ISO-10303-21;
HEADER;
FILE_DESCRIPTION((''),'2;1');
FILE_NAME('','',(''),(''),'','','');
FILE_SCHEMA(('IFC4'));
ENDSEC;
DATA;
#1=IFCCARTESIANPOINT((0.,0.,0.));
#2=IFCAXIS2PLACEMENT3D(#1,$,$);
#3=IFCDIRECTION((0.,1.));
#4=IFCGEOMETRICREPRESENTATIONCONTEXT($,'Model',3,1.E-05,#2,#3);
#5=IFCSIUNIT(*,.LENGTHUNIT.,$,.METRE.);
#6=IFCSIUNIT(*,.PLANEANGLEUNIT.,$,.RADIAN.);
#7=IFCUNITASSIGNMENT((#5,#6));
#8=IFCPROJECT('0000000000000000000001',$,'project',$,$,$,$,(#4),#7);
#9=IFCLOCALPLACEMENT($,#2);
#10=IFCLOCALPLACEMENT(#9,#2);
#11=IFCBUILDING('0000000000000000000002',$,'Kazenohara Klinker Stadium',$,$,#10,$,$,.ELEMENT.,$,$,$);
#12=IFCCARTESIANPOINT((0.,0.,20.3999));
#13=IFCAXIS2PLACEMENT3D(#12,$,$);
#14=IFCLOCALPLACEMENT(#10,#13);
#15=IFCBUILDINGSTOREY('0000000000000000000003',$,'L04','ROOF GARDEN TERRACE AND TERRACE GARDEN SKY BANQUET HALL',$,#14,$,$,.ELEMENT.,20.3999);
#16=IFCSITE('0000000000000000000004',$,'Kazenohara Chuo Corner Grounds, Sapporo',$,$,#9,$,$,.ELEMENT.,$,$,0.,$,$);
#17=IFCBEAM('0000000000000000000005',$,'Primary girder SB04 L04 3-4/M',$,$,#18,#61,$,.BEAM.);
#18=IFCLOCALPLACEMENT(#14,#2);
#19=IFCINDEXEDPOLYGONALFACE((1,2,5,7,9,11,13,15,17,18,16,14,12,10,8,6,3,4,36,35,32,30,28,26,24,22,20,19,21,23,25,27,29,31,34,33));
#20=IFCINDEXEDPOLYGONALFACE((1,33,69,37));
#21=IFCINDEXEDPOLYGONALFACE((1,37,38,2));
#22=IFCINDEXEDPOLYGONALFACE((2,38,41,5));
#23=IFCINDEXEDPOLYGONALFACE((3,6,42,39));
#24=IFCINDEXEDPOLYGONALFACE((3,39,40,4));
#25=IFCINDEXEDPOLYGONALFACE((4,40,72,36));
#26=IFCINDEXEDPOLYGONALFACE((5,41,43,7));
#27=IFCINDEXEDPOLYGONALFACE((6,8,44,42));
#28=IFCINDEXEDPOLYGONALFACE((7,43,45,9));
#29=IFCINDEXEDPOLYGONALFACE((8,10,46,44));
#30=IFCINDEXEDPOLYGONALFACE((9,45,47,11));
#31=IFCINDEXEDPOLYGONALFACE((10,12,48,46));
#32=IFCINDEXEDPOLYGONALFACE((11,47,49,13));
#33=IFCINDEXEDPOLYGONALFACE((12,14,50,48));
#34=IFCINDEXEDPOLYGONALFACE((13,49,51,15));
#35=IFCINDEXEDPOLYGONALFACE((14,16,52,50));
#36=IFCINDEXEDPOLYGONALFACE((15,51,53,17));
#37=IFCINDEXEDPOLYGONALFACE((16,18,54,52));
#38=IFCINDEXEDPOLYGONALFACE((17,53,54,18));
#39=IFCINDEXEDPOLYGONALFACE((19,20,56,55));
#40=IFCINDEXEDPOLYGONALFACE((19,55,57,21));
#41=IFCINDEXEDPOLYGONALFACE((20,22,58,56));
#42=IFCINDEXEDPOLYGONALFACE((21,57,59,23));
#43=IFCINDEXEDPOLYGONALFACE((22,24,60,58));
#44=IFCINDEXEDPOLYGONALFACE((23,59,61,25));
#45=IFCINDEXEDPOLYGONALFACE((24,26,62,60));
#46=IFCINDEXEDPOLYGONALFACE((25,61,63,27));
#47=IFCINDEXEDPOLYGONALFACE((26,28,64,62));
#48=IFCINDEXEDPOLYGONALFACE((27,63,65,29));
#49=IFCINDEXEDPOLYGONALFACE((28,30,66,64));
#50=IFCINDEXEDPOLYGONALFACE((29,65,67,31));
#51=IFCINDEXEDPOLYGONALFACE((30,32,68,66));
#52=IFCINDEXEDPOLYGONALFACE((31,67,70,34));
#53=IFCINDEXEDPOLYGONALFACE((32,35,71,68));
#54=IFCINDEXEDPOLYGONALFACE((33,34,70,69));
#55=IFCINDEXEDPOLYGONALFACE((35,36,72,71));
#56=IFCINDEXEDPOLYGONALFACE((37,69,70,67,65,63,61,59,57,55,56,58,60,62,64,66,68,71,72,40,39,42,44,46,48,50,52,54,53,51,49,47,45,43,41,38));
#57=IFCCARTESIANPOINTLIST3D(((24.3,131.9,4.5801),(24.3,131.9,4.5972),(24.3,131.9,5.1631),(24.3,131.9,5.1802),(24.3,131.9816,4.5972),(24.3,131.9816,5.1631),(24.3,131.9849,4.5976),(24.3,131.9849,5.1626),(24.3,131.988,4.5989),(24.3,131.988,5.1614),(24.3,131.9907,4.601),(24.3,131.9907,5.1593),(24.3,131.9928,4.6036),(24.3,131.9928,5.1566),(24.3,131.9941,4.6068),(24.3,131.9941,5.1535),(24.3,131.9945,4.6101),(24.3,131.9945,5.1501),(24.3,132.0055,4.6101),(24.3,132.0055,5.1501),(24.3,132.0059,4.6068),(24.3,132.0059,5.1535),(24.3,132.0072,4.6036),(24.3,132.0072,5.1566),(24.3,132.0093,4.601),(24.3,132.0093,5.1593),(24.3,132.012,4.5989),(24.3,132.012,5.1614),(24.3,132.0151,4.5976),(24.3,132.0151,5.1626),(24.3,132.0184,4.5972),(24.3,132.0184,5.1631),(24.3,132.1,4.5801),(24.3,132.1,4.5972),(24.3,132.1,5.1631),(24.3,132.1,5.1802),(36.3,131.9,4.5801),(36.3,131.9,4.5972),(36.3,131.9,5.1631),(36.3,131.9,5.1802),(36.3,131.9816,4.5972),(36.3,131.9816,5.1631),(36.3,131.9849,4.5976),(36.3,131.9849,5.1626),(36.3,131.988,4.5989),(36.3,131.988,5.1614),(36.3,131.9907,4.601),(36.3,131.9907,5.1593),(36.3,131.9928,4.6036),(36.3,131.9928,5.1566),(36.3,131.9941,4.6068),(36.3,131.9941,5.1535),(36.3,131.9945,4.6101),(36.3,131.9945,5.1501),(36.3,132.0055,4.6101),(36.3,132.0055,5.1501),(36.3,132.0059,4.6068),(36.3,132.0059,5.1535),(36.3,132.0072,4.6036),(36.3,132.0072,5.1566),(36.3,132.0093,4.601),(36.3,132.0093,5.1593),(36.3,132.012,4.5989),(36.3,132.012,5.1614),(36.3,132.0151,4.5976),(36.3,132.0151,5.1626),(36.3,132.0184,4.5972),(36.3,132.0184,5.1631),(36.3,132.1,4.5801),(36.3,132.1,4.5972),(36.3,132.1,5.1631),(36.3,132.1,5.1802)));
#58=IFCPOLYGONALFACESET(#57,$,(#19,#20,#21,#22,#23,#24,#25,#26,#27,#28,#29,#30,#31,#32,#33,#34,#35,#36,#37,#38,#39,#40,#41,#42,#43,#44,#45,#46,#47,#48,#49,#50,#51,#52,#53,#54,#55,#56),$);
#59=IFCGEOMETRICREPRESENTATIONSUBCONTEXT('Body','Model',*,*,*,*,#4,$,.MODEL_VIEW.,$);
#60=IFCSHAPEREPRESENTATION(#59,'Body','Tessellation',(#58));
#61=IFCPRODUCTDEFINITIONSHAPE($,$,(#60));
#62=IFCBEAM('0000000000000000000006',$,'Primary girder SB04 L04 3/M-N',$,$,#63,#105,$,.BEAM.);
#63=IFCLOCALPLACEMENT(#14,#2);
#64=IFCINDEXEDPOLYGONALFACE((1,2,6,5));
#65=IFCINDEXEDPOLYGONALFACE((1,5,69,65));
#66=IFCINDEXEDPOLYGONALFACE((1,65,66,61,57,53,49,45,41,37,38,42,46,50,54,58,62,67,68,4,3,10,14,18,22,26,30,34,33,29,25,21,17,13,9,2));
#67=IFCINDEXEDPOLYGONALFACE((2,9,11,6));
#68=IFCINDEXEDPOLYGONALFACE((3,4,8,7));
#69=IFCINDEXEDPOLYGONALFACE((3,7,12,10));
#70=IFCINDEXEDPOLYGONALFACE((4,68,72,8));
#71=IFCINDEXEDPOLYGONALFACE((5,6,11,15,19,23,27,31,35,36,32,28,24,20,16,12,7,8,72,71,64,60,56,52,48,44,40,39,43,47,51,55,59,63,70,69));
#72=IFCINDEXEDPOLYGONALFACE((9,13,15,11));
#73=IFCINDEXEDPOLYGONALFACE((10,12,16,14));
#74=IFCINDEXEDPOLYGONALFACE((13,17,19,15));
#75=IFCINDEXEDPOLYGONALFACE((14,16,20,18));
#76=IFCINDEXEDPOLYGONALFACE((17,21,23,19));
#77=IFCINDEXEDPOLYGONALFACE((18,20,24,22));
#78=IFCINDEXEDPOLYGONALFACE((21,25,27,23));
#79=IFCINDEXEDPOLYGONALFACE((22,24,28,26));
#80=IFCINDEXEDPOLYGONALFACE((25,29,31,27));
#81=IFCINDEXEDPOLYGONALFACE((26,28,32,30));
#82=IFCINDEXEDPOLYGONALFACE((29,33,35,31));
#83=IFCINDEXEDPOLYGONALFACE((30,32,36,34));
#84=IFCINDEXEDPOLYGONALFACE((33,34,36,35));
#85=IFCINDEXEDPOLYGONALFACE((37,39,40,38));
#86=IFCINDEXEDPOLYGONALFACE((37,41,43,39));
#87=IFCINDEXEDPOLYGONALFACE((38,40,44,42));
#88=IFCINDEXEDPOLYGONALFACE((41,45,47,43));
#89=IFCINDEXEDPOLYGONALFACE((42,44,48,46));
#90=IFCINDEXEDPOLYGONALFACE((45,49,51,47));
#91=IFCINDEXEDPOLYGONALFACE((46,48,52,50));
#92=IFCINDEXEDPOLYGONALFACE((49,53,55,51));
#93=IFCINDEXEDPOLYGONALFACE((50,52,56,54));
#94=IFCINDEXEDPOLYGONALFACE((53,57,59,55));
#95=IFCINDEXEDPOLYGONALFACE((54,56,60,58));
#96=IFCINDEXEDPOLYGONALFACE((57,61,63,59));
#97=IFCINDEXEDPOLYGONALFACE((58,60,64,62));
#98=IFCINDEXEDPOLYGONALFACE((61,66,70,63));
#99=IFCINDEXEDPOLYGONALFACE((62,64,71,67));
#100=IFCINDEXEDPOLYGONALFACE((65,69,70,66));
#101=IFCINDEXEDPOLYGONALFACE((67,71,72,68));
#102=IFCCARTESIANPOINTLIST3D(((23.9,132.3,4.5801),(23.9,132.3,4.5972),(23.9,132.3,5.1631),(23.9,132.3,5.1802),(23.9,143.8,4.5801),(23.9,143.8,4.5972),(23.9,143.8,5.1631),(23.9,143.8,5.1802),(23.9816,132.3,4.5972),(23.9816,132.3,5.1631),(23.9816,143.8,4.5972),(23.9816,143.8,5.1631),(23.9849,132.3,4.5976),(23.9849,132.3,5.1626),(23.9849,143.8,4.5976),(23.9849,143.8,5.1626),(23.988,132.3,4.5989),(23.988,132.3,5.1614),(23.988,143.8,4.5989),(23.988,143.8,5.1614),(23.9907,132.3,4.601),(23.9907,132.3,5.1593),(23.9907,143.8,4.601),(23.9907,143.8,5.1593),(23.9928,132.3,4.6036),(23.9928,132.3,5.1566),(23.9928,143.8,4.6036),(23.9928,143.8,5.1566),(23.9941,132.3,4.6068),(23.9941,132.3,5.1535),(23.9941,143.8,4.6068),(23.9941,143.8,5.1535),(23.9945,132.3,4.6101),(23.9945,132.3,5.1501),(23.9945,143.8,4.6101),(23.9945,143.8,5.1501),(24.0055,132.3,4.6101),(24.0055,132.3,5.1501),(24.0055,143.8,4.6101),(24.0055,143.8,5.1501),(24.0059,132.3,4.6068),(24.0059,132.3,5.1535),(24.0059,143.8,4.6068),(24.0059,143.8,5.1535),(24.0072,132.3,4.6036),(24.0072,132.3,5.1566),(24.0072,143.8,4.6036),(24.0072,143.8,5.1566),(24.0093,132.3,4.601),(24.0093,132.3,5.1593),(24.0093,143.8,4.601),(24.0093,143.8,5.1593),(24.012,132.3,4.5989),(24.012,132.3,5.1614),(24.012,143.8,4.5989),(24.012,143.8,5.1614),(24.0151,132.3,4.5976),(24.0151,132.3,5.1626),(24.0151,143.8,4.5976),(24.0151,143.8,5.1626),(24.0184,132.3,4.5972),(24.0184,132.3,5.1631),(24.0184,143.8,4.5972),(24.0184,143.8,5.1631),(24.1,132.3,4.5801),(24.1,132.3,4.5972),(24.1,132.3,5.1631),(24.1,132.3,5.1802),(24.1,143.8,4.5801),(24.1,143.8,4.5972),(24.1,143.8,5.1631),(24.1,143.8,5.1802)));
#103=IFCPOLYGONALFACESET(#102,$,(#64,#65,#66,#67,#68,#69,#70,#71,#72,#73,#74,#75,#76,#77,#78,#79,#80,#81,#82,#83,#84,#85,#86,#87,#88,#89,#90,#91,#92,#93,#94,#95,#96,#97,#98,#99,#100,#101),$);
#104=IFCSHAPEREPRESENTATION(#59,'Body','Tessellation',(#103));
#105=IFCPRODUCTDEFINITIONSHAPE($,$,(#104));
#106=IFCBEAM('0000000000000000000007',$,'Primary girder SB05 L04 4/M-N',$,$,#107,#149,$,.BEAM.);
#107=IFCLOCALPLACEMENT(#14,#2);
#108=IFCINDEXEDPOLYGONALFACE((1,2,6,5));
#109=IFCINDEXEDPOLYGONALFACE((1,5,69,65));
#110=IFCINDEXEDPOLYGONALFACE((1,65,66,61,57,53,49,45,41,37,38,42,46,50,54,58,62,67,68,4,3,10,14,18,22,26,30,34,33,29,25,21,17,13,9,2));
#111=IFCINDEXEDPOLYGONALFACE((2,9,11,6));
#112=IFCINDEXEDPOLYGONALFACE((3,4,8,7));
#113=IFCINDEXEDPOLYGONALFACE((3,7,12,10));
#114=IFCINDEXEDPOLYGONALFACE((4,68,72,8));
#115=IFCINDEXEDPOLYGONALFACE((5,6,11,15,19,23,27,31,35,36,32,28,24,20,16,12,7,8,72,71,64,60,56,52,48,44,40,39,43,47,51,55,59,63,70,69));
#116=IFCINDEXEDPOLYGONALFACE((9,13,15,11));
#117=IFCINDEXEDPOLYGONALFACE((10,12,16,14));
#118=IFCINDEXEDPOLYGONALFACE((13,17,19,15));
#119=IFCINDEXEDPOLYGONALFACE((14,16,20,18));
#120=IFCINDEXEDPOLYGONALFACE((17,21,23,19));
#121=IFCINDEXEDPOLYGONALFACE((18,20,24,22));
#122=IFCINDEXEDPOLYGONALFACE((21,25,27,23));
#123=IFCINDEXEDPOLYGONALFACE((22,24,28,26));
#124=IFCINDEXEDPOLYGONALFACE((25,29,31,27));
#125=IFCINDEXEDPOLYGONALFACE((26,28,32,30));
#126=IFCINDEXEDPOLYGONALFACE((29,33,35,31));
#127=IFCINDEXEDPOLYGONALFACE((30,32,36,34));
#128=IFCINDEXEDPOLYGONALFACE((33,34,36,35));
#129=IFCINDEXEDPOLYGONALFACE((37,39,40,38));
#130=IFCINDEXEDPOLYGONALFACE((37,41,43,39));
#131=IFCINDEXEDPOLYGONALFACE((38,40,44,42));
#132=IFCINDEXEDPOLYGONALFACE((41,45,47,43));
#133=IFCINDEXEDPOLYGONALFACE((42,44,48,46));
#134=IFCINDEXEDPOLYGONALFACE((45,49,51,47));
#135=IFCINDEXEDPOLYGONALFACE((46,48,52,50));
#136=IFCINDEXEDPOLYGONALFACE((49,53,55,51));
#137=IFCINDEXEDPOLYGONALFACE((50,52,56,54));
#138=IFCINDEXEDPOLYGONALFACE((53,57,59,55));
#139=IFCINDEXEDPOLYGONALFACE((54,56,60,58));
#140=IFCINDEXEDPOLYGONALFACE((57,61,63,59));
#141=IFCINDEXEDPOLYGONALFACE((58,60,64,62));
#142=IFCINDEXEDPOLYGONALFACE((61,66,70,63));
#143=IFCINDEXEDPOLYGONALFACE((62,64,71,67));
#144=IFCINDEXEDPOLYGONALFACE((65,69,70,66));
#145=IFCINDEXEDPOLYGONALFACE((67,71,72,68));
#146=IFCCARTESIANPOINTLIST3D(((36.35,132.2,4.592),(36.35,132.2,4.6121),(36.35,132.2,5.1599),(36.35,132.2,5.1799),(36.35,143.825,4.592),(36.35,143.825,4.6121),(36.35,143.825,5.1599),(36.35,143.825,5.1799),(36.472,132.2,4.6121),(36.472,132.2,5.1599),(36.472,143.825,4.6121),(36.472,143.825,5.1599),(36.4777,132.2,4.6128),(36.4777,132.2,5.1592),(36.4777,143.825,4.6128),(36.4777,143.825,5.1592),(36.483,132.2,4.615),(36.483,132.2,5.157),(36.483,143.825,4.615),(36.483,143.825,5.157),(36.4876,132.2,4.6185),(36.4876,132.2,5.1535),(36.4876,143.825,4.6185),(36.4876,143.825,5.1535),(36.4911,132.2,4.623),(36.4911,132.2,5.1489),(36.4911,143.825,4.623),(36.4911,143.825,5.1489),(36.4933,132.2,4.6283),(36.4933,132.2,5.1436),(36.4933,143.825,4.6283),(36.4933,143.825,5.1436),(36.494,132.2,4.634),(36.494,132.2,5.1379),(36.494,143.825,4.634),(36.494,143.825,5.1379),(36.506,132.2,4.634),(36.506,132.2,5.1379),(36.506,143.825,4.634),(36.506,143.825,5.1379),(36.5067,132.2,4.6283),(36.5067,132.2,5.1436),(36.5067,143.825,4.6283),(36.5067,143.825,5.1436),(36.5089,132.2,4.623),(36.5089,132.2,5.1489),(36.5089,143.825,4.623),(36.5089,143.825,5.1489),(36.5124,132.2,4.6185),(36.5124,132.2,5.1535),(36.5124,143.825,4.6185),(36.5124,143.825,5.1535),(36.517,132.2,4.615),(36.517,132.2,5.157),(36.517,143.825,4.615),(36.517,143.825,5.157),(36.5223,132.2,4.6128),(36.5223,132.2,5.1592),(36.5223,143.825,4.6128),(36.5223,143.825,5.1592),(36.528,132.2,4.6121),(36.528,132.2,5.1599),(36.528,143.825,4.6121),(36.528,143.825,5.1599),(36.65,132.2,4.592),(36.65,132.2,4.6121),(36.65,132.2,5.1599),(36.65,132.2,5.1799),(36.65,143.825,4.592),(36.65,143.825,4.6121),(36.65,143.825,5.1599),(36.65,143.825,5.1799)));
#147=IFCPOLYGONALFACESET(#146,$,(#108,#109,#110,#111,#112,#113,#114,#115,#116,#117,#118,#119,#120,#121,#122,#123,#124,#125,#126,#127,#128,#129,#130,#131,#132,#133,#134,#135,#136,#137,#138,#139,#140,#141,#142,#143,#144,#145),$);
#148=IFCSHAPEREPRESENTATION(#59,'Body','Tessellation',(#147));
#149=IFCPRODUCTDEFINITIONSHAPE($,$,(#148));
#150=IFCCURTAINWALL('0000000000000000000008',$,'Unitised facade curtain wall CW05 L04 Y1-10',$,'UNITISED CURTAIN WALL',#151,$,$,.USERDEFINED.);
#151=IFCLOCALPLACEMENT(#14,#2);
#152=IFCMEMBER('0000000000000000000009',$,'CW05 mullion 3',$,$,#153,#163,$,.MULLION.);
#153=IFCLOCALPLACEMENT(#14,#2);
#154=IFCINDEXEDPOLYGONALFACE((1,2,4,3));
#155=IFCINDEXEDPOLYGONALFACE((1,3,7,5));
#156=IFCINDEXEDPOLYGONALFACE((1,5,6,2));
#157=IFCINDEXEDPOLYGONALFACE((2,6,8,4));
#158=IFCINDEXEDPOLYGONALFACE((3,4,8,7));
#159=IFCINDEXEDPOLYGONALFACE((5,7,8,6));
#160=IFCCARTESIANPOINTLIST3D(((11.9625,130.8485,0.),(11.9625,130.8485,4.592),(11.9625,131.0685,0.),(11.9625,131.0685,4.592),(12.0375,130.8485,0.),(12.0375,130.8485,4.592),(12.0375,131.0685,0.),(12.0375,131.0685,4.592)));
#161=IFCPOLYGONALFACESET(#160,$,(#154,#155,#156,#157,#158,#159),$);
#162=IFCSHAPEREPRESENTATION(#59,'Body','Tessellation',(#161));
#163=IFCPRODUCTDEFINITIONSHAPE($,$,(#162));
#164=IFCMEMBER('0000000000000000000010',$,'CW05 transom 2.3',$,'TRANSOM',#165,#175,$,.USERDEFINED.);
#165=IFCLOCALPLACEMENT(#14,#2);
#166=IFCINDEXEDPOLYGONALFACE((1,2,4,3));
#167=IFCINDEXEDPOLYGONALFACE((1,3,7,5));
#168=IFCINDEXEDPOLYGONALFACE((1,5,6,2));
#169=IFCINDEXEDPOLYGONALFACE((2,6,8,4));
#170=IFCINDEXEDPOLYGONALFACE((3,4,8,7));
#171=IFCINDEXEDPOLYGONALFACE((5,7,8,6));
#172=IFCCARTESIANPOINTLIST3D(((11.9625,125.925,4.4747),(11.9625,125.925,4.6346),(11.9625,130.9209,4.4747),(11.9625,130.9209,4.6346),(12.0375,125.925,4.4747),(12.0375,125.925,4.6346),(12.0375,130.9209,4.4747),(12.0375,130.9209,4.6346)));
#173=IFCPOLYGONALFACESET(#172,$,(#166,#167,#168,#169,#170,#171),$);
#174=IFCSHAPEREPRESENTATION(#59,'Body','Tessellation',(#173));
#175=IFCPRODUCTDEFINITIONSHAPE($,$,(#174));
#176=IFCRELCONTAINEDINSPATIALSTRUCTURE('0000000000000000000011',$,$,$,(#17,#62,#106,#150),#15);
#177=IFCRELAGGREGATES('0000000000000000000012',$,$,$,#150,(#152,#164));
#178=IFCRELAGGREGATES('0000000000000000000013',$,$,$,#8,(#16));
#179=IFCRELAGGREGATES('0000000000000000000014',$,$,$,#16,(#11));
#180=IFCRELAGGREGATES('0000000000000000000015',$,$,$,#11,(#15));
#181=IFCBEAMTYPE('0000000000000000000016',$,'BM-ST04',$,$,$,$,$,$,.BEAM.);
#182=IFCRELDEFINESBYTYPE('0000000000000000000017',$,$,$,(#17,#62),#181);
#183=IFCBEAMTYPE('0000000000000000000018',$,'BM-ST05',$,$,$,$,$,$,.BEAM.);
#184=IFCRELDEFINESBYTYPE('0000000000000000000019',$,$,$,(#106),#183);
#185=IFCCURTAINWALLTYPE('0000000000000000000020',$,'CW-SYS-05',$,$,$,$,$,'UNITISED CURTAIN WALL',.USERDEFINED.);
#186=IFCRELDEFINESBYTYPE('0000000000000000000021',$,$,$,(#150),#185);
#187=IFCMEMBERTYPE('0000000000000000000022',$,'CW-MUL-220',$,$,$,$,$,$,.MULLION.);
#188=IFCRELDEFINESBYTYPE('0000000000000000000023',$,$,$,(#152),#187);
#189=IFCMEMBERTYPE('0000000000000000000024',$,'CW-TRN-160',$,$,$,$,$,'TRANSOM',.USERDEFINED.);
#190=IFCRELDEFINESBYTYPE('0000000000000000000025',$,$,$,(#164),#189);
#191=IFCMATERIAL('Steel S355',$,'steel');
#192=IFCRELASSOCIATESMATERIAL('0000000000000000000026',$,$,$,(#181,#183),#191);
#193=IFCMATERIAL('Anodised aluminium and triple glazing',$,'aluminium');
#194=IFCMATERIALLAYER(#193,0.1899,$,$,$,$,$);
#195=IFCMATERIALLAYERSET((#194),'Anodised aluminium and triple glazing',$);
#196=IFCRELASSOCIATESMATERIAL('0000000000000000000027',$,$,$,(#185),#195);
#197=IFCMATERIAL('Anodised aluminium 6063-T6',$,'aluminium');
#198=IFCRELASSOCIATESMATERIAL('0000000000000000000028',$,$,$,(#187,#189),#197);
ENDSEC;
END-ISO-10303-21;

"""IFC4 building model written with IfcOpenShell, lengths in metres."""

from ifc_helpers import new_model, si_unit, direction, frame, origin, origin_2d, place, context, subcontext, project, spatial, rectangle, i_section, extrude, material, layer, layer_set, material_profile, profile_set, type_object, element, aggregate, save


model = new_model("IFC4")

# Units and contexts
model_context = context("Model", 3, precision=1e-05, world=origin(), true_north=direction((0.0, 1.0)))
body_context = subcontext(model_context, "Body", "Model", "MODEL_VIEW")
ifc_project = project(units=[si_unit("LENGTHUNIT", "METRE"), si_unit("PLANEANGLEUNIT", "RADIAN")], contexts=[model_context])

# Site, building, storey
site_placement = place(None, origin())
site = spatial("IfcSite", under=ifc_project, at=site_placement, Name="Kazenohara Chuo Corner Grounds, Sapporo", CompositionType="ELEMENT", RefElevation=0.0)
building_placement = place(site_placement, origin())
building = spatial("IfcBuilding", under=site, at=building_placement, Name="Kazenohara Klinker Stadium", CompositionType="ELEMENT")
storey_placement = place(building_placement, frame((0.0, 0.0, 20.3999)))
storey = spatial("IfcBuildingStorey", under=building, at=storey_placement, Name="L04", Description="ROOF GARDEN TERRACE AND TERRACE GARDEN SKY BANQUET HALL", CompositionType="ELEMENT", Elevation=20.3999)

# Shared definitions
ifc_material_1 = material(Name="Steel S355", Category="steel")

# Beams
ifc_material_profile_1 = material_profile(ifc_material_1, i_section(OverallWidth=0.2, OverallDepth=0.6001, WebThickness=0.011, FlangeThickness=0.0171, FilletRadius=0.0129, at=origin_2d()), Name="H-600x200x11x17")
ifc_profile_set_1 = profile_set([ifc_material_profile_1], Name="Steel S355")
beam_type_1 = type_object("IfcBeamType", Name="BM-ST04", PredefinedType="BEAM", material=ifc_profile_set_1)
beam_1_placement = place(storey_placement, frame((24.3, 132.0, 4.8801), z_axis=(1.0, 0.0, 0.0), x_axis=(0.0, 1.0, 0.0)))
element("IfcBeam", 1, at=beam_1_placement, inside=storey, type_object=beam_type_1, Name="Primary girder SB04 L04 3-4/M", PredefinedType="BEAM", context=body_context, shape_type="SweptSolid", body=[
    extrude(i_section(OverallWidth=0.2, OverallDepth=0.6001, WebThickness=0.011, FlangeThickness=0.0171, FilletRadius=0.0129, at=origin_2d()), origin(), (0.0, 0.0, 1.0), 12.0),
])
beam_2_placement = place(storey_placement, frame((24.0, 132.3, 4.8801), z_axis=(0.0, 1.0, 0.0), x_axis=(-1.0, 0.0, 0.0)))
element("IfcBeam", 2, at=beam_2_placement, inside=storey, type_object=beam_type_1, Name="Primary girder SB04 L04 3/M-N", PredefinedType="BEAM", context=body_context, shape_type="SweptSolid", body=[
    extrude(i_section(OverallWidth=0.2, OverallDepth=0.6001, WebThickness=0.011, FlangeThickness=0.0171, FilletRadius=0.0129, at=origin_2d()), origin(), (0.0, 0.0, 1.0), 11.5),
])
ifc_material_profile_2 = material_profile(ifc_material_1, i_section(OverallWidth=0.3, OverallDepth=0.5879, WebThickness=0.012, FlangeThickness=0.02, FilletRadius=0.022, at=origin_2d()), Name="H-588x300x12x20")
ifc_profile_set_2 = profile_set([ifc_material_profile_2], Name="Steel S355")
beam_type_2 = type_object("IfcBeamType", Name="BM-ST05", PredefinedType="BEAM", material=ifc_profile_set_2)
beam_3_placement = place(storey_placement, frame((36.5, 132.2, 4.886), z_axis=(0.0, 1.0, 0.0), x_axis=(-1.0, 0.0, 0.0)))
element("IfcBeam", 3, at=beam_3_placement, inside=storey, type_object=beam_type_2, Name="Primary girder SB05 L04 4/M-N", PredefinedType="BEAM", context=body_context, shape_type="SweptSolid", body=[
    extrude(i_section(OverallWidth=0.3, OverallDepth=0.5879, WebThickness=0.012, FlangeThickness=0.02, FilletRadius=0.022, at=origin_2d()), origin(), (0.0, 0.0, 1.0), 11.625),
])

# Curtain wall, members
ifc_material_2 = material(Name="Anodised aluminium and triple glazing", Category="aluminium")
ifc_layer_1 = layer(ifc_material_2, 0.1899)
ifc_layer_set_1 = layer_set([ifc_layer_1], Name="Anodised aluminium and triple glazing")
curtain_wall_type = type_object("IfcCurtainWallType", Name="CW-SYS-05", ElementType="UNITISED CURTAIN WALL", PredefinedType="USERDEFINED", material=ifc_layer_set_1)
curtain_wall_placement = place(storey_placement, origin())
curtain_wall = element("IfcCurtainWall", 4, at=curtain_wall_placement, inside=storey, type_object=curtain_wall_type, Name="Unitised facade curtain wall CW05 L04 Y1-10", ObjectType="UNITISED CURTAIN WALL", PredefinedType="USERDEFINED")
ifc_material_3 = material(Name="Anodised aluminium 6063-T6", Category="aluminium")
ifc_material_profile_3 = material_profile(ifc_material_3, rectangle(XDim=0.075, YDim=0.22, at=origin_2d()), Name="ALU-MUL-75x220")
ifc_profile_set_3 = profile_set([ifc_material_profile_3], Name="Anodised aluminium 6063-T6")
member_type_1 = type_object("IfcMemberType", Name="CW-MUL-220", PredefinedType="MULLION", material=ifc_profile_set_3)
member_1_placement = place(storey_placement, frame((12.0, 130.9585, 0.0), z_axis=(0.0, 0.0, 1.0), x_axis=(-1.0, 0.0, 0.0)))
member_1 = element("IfcMember", 5, at=member_1_placement, type_object=member_type_1, Name="CW05 mullion 3", PredefinedType="MULLION", context=body_context, shape_type="SweptSolid", body=[
    extrude(rectangle(XDim=0.075, YDim=0.22, at=origin_2d()), origin(), (0.0, 0.0, 1.0), 4.592),
])
ifc_material_profile_4 = material_profile(ifc_material_3, rectangle(XDim=0.075, YDim=0.1599, at=origin_2d()), Name="ALU-TRN-75x160")
ifc_profile_set_4 = profile_set([ifc_material_profile_4], Name="Anodised aluminium 6063-T6")
member_type_2 = type_object("IfcMemberType", Name="CW-TRN-160", ElementType="TRANSOM", PredefinedType="USERDEFINED", material=ifc_profile_set_4)
member_2_placement = place(storey_placement, frame((12.0, 125.925, 4.5547), z_axis=(0.0, 1.0, 0.0), x_axis=(-1.0, 0.0, 0.0)))
member_2 = element("IfcMember", 6, at=member_2_placement, type_object=member_type_2, Name="CW05 transom 2.3", ObjectType="TRANSOM", PredefinedType="USERDEFINED", context=body_context, shape_type="SweptSolid", body=[
    extrude(rectangle(XDim=0.075, YDim=0.1599, at=origin_2d()), origin(), (0.0, 0.0, 1.0), 4.9958),
])

aggregate(curtain_wall, [member_1, member_2])

save(model, "model.ifc")
